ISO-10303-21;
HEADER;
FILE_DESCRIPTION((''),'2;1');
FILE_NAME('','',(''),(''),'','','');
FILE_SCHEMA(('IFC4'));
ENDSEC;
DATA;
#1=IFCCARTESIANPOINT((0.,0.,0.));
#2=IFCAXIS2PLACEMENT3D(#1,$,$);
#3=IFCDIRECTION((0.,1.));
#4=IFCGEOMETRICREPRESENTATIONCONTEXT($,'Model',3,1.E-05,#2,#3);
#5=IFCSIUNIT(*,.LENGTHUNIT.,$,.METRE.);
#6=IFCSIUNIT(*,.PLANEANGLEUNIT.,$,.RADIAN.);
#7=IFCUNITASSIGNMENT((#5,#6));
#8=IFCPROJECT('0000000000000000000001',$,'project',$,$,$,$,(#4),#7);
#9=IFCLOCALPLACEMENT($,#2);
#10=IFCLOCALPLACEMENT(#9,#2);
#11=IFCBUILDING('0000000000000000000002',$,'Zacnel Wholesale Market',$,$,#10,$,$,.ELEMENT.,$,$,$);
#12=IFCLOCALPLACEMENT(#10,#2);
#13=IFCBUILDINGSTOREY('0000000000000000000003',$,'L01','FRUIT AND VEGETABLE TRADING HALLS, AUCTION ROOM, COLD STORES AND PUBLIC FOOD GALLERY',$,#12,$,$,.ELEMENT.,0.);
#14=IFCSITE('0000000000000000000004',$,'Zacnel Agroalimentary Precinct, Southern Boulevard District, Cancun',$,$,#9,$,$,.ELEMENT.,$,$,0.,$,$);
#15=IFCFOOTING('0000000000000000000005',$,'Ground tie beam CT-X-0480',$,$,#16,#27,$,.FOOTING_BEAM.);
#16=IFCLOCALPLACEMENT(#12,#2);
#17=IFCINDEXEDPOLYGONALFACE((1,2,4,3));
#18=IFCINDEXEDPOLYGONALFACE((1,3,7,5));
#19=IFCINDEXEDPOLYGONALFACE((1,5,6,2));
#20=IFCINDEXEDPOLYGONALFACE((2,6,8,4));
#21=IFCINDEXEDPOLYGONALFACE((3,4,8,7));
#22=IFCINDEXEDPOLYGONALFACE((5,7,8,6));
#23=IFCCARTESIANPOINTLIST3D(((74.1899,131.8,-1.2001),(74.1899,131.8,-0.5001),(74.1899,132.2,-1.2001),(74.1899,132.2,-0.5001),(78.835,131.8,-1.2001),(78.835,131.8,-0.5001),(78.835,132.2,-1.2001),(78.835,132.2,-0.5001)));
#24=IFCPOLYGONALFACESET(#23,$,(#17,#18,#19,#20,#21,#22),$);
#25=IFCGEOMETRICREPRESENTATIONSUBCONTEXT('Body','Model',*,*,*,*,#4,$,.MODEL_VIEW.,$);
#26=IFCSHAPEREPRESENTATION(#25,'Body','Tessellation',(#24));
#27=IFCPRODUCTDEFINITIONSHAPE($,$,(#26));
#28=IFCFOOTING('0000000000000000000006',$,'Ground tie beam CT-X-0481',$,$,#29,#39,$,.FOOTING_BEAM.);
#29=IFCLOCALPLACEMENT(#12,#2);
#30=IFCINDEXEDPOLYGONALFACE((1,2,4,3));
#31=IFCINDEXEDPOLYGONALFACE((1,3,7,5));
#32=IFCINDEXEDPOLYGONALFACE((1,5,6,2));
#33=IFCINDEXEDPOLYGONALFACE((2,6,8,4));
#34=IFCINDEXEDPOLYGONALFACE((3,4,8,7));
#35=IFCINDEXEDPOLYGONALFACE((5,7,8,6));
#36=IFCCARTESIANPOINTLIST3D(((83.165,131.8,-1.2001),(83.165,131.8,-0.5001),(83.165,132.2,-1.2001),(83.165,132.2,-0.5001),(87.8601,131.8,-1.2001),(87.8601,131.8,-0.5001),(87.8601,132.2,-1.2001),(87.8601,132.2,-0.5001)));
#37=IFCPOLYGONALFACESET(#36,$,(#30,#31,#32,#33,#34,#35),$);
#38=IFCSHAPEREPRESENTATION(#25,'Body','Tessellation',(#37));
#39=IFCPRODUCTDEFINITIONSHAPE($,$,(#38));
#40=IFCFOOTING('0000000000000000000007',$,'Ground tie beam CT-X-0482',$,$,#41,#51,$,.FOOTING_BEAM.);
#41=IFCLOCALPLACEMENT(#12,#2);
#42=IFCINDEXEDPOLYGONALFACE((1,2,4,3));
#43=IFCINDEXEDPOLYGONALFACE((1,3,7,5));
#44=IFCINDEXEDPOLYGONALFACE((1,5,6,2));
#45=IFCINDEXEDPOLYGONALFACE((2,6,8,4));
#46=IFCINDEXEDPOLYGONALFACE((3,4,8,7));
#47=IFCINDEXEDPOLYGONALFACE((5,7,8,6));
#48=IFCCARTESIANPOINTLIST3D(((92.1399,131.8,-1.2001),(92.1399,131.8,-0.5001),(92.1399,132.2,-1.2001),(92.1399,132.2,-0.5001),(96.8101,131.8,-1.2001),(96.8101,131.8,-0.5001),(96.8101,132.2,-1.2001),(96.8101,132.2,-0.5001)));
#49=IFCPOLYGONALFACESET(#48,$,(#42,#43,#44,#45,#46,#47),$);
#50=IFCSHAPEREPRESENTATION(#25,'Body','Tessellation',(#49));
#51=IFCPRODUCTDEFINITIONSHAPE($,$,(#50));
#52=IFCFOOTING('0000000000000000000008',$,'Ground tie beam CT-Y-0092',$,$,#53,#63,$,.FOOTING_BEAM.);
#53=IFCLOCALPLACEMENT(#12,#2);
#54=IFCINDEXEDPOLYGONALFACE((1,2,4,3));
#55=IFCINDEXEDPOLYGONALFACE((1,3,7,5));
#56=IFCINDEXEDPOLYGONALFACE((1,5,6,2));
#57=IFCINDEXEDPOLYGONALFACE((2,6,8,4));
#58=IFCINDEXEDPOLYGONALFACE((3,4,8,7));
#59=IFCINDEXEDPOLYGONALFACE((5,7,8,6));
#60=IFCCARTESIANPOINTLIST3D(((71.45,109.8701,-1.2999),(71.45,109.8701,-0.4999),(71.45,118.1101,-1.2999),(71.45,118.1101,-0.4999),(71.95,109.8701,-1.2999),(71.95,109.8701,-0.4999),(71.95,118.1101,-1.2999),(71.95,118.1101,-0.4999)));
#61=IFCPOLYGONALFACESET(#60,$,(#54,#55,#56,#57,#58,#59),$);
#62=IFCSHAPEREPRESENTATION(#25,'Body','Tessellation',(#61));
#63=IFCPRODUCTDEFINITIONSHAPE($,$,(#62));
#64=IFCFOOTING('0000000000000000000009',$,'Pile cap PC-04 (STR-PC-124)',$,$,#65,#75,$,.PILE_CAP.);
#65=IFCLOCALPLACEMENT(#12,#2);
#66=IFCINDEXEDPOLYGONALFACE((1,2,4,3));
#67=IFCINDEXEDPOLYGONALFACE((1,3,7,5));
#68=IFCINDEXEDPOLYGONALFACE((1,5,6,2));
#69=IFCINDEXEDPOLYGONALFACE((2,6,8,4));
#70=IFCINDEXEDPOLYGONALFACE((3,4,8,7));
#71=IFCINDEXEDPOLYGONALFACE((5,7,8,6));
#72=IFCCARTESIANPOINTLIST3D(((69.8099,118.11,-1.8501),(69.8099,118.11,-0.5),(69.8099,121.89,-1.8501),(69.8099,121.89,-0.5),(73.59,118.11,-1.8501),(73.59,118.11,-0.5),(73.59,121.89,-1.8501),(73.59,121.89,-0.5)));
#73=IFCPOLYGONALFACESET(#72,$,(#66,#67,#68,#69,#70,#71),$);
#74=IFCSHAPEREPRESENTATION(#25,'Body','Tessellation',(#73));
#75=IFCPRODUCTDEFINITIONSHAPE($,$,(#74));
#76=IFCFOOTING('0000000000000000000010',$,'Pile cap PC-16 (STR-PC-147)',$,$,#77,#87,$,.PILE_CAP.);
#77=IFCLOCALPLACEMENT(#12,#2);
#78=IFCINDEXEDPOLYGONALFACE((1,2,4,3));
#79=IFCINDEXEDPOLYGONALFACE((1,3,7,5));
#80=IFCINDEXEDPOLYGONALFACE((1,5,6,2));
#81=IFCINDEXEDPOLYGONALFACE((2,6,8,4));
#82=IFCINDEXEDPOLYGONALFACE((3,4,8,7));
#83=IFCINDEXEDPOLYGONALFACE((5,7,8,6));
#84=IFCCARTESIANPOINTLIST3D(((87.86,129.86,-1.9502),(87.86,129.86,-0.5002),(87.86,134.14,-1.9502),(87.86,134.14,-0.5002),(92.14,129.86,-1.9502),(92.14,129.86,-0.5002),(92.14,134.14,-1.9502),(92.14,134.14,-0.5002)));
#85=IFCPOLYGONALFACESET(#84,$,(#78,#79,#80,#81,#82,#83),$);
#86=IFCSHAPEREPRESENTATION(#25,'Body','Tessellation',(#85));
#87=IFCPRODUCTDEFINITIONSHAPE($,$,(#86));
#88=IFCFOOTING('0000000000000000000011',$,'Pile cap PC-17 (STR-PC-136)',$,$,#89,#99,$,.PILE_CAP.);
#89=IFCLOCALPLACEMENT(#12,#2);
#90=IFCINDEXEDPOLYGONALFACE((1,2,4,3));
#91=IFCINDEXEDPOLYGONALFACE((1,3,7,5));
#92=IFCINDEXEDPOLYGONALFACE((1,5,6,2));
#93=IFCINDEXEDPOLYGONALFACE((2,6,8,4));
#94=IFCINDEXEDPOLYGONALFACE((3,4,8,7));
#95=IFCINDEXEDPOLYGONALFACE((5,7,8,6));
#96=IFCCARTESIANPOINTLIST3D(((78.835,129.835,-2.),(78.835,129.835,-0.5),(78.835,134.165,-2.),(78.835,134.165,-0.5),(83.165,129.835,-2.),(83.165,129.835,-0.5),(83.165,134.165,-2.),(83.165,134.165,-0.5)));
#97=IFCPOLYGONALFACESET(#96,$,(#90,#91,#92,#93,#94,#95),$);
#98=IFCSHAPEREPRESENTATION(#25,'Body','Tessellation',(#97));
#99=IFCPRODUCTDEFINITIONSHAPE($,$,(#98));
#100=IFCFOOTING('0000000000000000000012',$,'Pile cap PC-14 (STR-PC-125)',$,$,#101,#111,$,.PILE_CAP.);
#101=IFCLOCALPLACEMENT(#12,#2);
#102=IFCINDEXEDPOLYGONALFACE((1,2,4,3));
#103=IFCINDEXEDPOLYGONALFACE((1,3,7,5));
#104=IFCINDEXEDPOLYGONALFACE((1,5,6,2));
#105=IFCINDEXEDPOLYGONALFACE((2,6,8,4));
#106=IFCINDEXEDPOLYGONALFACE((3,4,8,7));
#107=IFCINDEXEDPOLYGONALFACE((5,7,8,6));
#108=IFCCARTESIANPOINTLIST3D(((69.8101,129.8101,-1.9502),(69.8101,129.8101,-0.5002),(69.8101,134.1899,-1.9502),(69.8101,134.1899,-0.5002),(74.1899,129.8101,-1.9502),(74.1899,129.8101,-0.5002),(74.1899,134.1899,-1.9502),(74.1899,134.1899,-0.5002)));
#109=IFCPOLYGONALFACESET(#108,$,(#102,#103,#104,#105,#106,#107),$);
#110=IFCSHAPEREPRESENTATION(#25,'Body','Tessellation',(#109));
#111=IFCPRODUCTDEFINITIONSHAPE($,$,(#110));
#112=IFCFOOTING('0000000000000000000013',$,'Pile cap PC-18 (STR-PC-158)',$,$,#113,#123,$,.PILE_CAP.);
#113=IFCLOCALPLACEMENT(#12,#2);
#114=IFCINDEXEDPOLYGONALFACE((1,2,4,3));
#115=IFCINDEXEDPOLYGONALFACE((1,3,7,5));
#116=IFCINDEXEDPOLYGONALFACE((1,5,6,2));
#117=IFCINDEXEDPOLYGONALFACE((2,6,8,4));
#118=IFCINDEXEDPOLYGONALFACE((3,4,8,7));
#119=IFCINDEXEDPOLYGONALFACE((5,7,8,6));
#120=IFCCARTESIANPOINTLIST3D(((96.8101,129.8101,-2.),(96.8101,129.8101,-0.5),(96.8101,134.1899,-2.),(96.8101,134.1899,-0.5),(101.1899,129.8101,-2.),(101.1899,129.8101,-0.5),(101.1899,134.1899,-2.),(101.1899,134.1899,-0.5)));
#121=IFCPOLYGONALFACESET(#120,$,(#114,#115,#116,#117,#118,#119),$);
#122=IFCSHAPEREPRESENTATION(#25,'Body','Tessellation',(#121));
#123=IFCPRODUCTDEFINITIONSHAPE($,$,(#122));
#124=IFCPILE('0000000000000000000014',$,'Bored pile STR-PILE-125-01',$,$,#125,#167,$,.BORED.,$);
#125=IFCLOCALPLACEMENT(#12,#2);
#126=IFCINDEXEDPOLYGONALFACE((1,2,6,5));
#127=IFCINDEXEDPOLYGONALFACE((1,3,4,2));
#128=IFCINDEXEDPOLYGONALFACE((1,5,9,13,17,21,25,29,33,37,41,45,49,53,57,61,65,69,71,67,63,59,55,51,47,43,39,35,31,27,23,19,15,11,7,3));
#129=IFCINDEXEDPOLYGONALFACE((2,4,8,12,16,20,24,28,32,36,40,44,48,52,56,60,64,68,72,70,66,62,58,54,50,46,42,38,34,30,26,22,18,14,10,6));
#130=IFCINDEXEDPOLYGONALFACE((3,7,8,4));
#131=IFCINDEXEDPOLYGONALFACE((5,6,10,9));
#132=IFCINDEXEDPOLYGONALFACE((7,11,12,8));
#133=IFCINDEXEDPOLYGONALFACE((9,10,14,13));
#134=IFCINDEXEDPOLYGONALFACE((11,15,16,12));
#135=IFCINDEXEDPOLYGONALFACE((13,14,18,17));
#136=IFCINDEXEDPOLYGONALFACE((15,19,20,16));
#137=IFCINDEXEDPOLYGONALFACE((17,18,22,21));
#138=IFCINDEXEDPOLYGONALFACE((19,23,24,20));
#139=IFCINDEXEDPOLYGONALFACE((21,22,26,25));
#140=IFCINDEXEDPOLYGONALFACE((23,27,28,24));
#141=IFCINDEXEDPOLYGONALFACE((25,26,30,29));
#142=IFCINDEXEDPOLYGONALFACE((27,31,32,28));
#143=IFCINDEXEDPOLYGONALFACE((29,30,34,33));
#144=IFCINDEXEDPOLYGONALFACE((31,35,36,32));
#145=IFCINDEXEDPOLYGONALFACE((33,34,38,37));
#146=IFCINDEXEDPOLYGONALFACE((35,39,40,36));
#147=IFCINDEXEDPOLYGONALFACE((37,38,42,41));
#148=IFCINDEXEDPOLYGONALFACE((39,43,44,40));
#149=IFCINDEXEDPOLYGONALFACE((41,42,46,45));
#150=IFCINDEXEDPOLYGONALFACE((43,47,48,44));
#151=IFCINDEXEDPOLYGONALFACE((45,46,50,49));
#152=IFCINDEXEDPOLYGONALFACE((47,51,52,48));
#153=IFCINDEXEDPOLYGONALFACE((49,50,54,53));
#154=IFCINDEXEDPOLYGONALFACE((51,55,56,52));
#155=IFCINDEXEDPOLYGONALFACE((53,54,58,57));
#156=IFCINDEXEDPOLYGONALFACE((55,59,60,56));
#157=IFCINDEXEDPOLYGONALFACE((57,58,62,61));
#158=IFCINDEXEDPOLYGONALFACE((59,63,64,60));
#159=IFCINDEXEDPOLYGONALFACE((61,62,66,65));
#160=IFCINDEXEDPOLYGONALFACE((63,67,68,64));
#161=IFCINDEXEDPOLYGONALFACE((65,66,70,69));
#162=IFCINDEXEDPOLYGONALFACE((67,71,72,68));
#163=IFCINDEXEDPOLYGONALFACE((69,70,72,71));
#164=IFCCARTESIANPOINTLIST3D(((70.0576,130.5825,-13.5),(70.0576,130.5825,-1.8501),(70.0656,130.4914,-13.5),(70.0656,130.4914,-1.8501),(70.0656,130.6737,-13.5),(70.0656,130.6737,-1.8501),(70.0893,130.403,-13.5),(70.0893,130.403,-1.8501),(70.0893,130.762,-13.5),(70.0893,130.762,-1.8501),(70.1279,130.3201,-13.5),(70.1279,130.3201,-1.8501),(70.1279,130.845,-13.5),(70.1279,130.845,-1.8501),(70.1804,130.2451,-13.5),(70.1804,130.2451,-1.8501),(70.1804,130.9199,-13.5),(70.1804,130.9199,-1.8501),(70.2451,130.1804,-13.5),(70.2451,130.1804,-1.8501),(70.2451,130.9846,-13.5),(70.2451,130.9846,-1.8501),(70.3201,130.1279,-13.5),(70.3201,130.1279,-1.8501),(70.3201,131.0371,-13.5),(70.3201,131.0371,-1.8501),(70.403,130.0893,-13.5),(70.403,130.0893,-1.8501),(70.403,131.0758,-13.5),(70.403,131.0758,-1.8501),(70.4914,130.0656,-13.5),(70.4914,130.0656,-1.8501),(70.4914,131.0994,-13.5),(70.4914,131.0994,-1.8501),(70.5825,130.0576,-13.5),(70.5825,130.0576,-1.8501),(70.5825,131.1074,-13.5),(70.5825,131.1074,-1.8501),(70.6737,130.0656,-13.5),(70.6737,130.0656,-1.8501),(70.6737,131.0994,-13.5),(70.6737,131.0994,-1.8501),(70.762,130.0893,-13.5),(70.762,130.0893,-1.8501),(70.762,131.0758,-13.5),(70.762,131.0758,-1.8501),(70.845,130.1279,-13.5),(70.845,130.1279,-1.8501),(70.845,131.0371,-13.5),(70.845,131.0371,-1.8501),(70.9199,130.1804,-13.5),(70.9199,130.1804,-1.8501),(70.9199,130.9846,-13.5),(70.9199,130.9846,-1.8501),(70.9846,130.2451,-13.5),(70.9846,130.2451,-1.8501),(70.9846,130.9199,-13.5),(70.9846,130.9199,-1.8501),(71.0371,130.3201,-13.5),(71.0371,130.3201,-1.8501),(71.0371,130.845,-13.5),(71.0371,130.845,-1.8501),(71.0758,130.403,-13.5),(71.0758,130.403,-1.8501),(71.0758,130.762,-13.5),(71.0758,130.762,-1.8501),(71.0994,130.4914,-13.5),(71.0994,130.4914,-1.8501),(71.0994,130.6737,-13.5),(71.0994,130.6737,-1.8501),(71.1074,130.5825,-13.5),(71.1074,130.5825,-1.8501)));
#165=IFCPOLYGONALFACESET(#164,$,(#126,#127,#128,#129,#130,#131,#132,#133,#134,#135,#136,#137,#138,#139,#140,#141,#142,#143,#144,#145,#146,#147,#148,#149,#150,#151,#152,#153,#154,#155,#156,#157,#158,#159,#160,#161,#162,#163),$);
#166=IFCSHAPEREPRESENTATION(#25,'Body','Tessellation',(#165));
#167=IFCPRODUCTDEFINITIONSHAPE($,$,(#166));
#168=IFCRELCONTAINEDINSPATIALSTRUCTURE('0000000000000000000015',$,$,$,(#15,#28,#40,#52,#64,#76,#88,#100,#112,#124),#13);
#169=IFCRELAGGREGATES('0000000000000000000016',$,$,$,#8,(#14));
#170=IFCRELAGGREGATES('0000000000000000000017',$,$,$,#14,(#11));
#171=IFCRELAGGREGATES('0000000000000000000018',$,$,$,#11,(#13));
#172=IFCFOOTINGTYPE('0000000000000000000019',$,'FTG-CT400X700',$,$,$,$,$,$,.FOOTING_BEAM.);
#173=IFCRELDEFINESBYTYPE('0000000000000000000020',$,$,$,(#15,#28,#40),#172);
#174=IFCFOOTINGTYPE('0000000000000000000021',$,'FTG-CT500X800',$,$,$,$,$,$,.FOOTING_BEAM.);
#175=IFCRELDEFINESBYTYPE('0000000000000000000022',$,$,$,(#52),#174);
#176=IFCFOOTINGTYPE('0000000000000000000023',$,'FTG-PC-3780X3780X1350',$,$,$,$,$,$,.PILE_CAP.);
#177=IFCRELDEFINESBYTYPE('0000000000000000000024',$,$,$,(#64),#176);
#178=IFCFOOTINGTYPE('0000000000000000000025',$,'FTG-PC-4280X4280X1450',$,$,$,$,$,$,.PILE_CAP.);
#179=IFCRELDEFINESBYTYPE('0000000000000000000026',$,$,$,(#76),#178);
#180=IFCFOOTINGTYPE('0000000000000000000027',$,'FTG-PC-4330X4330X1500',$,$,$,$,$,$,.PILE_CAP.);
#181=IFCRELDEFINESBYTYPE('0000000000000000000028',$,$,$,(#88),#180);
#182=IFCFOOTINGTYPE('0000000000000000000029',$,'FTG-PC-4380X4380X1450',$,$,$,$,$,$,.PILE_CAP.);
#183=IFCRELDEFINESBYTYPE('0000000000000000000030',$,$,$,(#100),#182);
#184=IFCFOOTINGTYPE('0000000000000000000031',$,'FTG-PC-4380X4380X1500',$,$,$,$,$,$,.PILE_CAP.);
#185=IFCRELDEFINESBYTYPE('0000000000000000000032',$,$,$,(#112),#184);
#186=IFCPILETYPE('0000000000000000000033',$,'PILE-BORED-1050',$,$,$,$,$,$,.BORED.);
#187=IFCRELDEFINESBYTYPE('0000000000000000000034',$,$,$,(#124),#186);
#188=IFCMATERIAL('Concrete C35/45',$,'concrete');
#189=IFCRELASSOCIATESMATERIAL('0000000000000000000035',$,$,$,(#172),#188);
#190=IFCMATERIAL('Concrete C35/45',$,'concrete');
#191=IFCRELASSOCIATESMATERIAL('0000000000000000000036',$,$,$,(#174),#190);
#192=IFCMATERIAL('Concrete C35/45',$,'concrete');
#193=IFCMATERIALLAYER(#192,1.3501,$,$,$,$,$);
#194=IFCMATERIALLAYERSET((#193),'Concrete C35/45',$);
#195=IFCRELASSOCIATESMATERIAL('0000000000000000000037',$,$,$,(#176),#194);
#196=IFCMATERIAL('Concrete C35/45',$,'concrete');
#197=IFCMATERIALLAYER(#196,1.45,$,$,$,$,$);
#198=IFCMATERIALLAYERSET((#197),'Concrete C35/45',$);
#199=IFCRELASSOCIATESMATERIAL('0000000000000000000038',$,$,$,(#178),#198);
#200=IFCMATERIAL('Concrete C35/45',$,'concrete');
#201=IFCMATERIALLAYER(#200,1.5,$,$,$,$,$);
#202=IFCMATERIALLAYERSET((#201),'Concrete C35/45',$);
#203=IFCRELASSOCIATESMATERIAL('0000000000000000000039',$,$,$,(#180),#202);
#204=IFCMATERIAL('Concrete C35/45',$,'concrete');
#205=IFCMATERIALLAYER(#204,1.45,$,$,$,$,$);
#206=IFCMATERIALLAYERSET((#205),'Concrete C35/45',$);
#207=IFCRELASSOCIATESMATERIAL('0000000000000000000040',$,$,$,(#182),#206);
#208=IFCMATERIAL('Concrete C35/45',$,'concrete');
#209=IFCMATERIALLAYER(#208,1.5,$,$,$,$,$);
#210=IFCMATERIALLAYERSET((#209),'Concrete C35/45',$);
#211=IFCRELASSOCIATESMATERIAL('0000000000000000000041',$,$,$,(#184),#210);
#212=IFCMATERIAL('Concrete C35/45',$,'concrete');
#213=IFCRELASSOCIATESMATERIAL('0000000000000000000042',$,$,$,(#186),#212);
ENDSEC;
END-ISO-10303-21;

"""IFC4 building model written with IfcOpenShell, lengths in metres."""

from ifc_helpers import new_model, si_unit, direction, frame, origin, origin_2d, place, context, subcontext, project, spatial, rectangle, circle, extrude, material, layer, layer_set, material_profile, profile_set, type_object, element, save


model = new_model("IFC4")

# Units and contexts
model_context = context("Model", 3, precision=1e-05, world=origin(), true_north=direction((0.0, 1.0)))
body_context = subcontext(model_context, "Body", "Model", "MODEL_VIEW")
ifc_project = project(units=[si_unit("LENGTHUNIT", "METRE"), si_unit("PLANEANGLEUNIT", "RADIAN")], contexts=[model_context])

# Site, building, storey
site_placement = place(None, origin())
site = spatial("IfcSite", under=ifc_project, at=site_placement, Name="Zacnel Agroalimentary Precinct, Southern Boulevard District, Cancun", CompositionType="ELEMENT", RefElevation=0.0)
building_placement = place(site_placement, origin())
building = spatial("IfcBuilding", under=site, at=building_placement, Name="Zacnel Wholesale Market", CompositionType="ELEMENT")
storey_placement = place(building_placement, origin())
storey = spatial("IfcBuildingStorey", under=building, at=storey_placement, Name="L01", Description="FRUIT AND VEGETABLE TRADING HALLS, AUCTION ROOM, COLD STORES AND PUBLIC FOOD GALLERY", CompositionType="ELEMENT", Elevation=0.0)

# Footings
ifc_material_1 = material(Name="Concrete C35/45", Category="concrete")
ifc_material_profile_1 = material_profile(ifc_material_1, rectangle(XDim=0.3999, YDim=0.7, at=origin_2d()), Name="CT 400x700")
ifc_profile_set_1 = profile_set([ifc_material_profile_1], Name="Concrete C35/45")
footing_type_1 = type_object("IfcFootingType", Name="FTG-CT400X700", PredefinedType="FOOTING_BEAM", material=ifc_profile_set_1)
footing_1_placement = place(storey_placement, frame((74.1899, 132.0, -0.8501), z_axis=(1.0, 0.0, 0.0), x_axis=(0.0, 1.0, 0.0)))
element("IfcFooting", 1, at=footing_1_placement, inside=storey, type_object=footing_type_1, Name="Ground tie beam CT-X-0480", PredefinedType="FOOTING_BEAM", context=body_context, shape_type="SweptSolid", body=[
    extrude(rectangle(XDim=0.3999, YDim=0.7, at=origin_2d()), origin(), (0.0, 0.0, 1.0), 4.645),
])
footing_2_placement = place(storey_placement, frame((83.165, 132.0, -0.8501), z_axis=(1.0, 0.0, 0.0), x_axis=(0.0, 1.0, 0.0)))
element("IfcFooting", 2, at=footing_2_placement, inside=storey, type_object=footing_type_1, Name="Ground tie beam CT-X-0481", PredefinedType="FOOTING_BEAM", context=body_context, shape_type="SweptSolid", body=[
    extrude(rectangle(XDim=0.3999, YDim=0.7, at=origin_2d()), origin(), (0.0, 0.0, 1.0), 4.6951),
])
footing_3_placement = place(storey_placement, frame((92.1399, 132.0, -0.8501), z_axis=(1.0, 0.0, 0.0), x_axis=(0.0, 1.0, 0.0)))
element("IfcFooting", 3, at=footing_3_placement, inside=storey, type_object=footing_type_1, Name="Ground tie beam CT-X-0482", PredefinedType="FOOTING_BEAM", context=body_context, shape_type="SweptSolid", body=[
    extrude(rectangle(XDim=0.3999, YDim=0.7, at=origin_2d()), origin(), (0.0, 0.0, 1.0), 4.6702),
])
ifc_material_2 = material(Name="Concrete C35/45", Category="concrete")
ifc_material_profile_2 = material_profile(ifc_material_2, rectangle(XDim=0.5, YDim=0.8, at=origin_2d()), Name="CT 500x800")
ifc_profile_set_2 = profile_set([ifc_material_profile_2], Name="Concrete C35/45")
footing_type_2 = type_object("IfcFootingType", Name="FTG-CT500X800", PredefinedType="FOOTING_BEAM", material=ifc_profile_set_2)
footing_4_placement = place(storey_placement, frame((71.7, 109.8701, -0.8999), z_axis=(0.0, 1.0, 0.0), x_axis=(-1.0, 0.0, 0.0)))
element("IfcFooting", 4, at=footing_4_placement, inside=storey, type_object=footing_type_2, Name="Ground tie beam CT-Y-0092", PredefinedType="FOOTING_BEAM", context=body_context, shape_type="SweptSolid", body=[
    extrude(rectangle(XDim=0.5, YDim=0.8, at=origin_2d()), origin(), (0.0, 0.0, 1.0), 8.24),
])
ifc_material_3 = material(Name="Concrete C35/45", Category="concrete")
ifc_layer_1 = layer(ifc_material_3, 1.3501)
ifc_layer_set_1 = layer_set([ifc_layer_1], Name="Concrete C35/45")
footing_type_3 = type_object("IfcFootingType", Name="FTG-PC-3780X3780X1350", PredefinedType="PILE_CAP", material=ifc_layer_set_1)
footing_5_placement = place(storey_placement, frame((71.7, 120.0, -1.8501), z_axis=(0.0, 0.0, 1.0), x_axis=(1.0, 0.0, 0.0)))
element("IfcFooting", 5, at=footing_5_placement, inside=storey, type_object=footing_type_3, Name="Pile cap PC-04 (STR-PC-124)", PredefinedType="PILE_CAP", context=body_context, shape_type="SweptSolid", body=[
    extrude(rectangle(XDim=3.78, YDim=3.78, at=origin_2d()), origin(), (0.0, 0.0, 1.0), 1.3501),
])
ifc_material_4 = material(Name="Concrete C35/45", Category="concrete")
ifc_layer_2 = layer(ifc_material_4, 1.45)
ifc_layer_set_2 = layer_set([ifc_layer_2], Name="Concrete C35/45")
footing_type_4 = type_object("IfcFootingType", Name="FTG-PC-4280X4280X1450", PredefinedType="PILE_CAP", material=ifc_layer_set_2)
footing_6_placement = place(storey_placement, frame((90.0, 132.0, -1.9502), z_axis=(0.0, 0.0, 1.0), x_axis=(1.0, 0.0, 0.0)))
element("IfcFooting", 6, at=footing_6_placement, inside=storey, type_object=footing_type_4, Name="Pile cap PC-16 (STR-PC-147)", PredefinedType="PILE_CAP", context=body_context, shape_type="SweptSolid", body=[
    extrude(rectangle(XDim=4.28, YDim=4.28, at=origin_2d()), origin(), (0.0, 0.0, 1.0), 1.45),
])
ifc_material_5 = material(Name="Concrete C35/45", Category="concrete")
ifc_layer_3 = layer(ifc_material_5, 1.5)
ifc_layer_set_3 = layer_set([ifc_layer_3], Name="Concrete C35/45")
footing_type_5 = type_object("IfcFootingType", Name="FTG-PC-4330X4330X1500", PredefinedType="PILE_CAP", material=ifc_layer_set_3)
footing_7_placement = place(storey_placement, frame((81.0, 132.0, -2.0), z_axis=(0.0, 0.0, 1.0), x_axis=(1.0, 0.0, 0.0)))
element("IfcFooting", 7, at=footing_7_placement, inside=storey, type_object=footing_type_5, Name="Pile cap PC-17 (STR-PC-136)", PredefinedType="PILE_CAP", context=body_context, shape_type="SweptSolid", body=[
    extrude(rectangle(XDim=4.3301, YDim=4.3301, at=origin_2d()), origin(), (0.0, 0.0, 1.0), 1.5),
])
ifc_material_6 = material(Name="Concrete C35/45", Category="concrete")
ifc_layer_4 = layer(ifc_material_6, 1.45)
ifc_layer_set_4 = layer_set([ifc_layer_4], Name="Concrete C35/45")
footing_type_6 = type_object("IfcFootingType", Name="FTG-PC-4380X4380X1450", PredefinedType="PILE_CAP", material=ifc_layer_set_4)
footing_8_placement = place(storey_placement, frame((72.0, 132.0, -1.9502), z_axis=(0.0, 0.0, 1.0), x_axis=(1.0, 0.0, 0.0)))
element("IfcFooting", 8, at=footing_8_placement, inside=storey, type_object=footing_type_6, Name="Pile cap PC-14 (STR-PC-125)", PredefinedType="PILE_CAP", context=body_context, shape_type="SweptSolid", body=[
    extrude(rectangle(XDim=4.3799, YDim=4.3799, at=origin_2d()), origin(), (0.0, 0.0, 1.0), 1.45),
])
ifc_material_7 = material(Name="Concrete C35/45", Category="concrete")
ifc_layer_5 = layer(ifc_material_7, 1.5)
ifc_layer_set_5 = layer_set([ifc_layer_5], Name="Concrete C35/45")
footing_type_7 = type_object("IfcFootingType", Name="FTG-PC-4380X4380X1500", PredefinedType="PILE_CAP", material=ifc_layer_set_5)
footing_9_placement = place(storey_placement, frame((99.0, 132.0, -2.0), z_axis=(0.0, 0.0, 1.0), x_axis=(1.0, 0.0, 0.0)))
element("IfcFooting", 9, at=footing_9_placement, inside=storey, type_object=footing_type_7, Name="Pile cap PC-18 (STR-PC-158)", PredefinedType="PILE_CAP", context=body_context, shape_type="SweptSolid", body=[
    extrude(rectangle(XDim=4.3799, YDim=4.3799, at=origin_2d()), origin(), (0.0, 0.0, 1.0), 1.5),
])

# Pile
ifc_material_8 = material(Name="Concrete C35/45", Category="concrete")
ifc_material_profile_3 = material_profile(ifc_material_8, circle(Radius=0.5249, at=origin_2d()), Name="BORED PILE D1050")
ifc_profile_set_3 = profile_set([ifc_material_profile_3], Name="Concrete C35/45")
pile_type_1 = type_object("IfcPileType", Name="PILE-BORED-1050", PredefinedType="BORED", material=ifc_profile_set_3)
for number, where, z_axis, x_axis, name in (
    (10, (70.5825, 130.5825, -1.8501), (0.0, 0.0, -1.0), (1.0, 0.0, 0.0), "Bored pile STR-PILE-125-01"),
):
    element("IfcPile", number, at=place(storey_placement, frame(where, z_axis=z_axis, x_axis=x_axis)), inside=storey, type_object=pile_type_1, Name=name, PredefinedType="BORED", context=body_context, shape_type="SweptSolid", body=[
        extrude(circle(Radius=0.5249, at=origin_2d()), origin(), (0.0, 0.0, 1.0), 11.6499),
    ])

save(model, "model.ifc")
